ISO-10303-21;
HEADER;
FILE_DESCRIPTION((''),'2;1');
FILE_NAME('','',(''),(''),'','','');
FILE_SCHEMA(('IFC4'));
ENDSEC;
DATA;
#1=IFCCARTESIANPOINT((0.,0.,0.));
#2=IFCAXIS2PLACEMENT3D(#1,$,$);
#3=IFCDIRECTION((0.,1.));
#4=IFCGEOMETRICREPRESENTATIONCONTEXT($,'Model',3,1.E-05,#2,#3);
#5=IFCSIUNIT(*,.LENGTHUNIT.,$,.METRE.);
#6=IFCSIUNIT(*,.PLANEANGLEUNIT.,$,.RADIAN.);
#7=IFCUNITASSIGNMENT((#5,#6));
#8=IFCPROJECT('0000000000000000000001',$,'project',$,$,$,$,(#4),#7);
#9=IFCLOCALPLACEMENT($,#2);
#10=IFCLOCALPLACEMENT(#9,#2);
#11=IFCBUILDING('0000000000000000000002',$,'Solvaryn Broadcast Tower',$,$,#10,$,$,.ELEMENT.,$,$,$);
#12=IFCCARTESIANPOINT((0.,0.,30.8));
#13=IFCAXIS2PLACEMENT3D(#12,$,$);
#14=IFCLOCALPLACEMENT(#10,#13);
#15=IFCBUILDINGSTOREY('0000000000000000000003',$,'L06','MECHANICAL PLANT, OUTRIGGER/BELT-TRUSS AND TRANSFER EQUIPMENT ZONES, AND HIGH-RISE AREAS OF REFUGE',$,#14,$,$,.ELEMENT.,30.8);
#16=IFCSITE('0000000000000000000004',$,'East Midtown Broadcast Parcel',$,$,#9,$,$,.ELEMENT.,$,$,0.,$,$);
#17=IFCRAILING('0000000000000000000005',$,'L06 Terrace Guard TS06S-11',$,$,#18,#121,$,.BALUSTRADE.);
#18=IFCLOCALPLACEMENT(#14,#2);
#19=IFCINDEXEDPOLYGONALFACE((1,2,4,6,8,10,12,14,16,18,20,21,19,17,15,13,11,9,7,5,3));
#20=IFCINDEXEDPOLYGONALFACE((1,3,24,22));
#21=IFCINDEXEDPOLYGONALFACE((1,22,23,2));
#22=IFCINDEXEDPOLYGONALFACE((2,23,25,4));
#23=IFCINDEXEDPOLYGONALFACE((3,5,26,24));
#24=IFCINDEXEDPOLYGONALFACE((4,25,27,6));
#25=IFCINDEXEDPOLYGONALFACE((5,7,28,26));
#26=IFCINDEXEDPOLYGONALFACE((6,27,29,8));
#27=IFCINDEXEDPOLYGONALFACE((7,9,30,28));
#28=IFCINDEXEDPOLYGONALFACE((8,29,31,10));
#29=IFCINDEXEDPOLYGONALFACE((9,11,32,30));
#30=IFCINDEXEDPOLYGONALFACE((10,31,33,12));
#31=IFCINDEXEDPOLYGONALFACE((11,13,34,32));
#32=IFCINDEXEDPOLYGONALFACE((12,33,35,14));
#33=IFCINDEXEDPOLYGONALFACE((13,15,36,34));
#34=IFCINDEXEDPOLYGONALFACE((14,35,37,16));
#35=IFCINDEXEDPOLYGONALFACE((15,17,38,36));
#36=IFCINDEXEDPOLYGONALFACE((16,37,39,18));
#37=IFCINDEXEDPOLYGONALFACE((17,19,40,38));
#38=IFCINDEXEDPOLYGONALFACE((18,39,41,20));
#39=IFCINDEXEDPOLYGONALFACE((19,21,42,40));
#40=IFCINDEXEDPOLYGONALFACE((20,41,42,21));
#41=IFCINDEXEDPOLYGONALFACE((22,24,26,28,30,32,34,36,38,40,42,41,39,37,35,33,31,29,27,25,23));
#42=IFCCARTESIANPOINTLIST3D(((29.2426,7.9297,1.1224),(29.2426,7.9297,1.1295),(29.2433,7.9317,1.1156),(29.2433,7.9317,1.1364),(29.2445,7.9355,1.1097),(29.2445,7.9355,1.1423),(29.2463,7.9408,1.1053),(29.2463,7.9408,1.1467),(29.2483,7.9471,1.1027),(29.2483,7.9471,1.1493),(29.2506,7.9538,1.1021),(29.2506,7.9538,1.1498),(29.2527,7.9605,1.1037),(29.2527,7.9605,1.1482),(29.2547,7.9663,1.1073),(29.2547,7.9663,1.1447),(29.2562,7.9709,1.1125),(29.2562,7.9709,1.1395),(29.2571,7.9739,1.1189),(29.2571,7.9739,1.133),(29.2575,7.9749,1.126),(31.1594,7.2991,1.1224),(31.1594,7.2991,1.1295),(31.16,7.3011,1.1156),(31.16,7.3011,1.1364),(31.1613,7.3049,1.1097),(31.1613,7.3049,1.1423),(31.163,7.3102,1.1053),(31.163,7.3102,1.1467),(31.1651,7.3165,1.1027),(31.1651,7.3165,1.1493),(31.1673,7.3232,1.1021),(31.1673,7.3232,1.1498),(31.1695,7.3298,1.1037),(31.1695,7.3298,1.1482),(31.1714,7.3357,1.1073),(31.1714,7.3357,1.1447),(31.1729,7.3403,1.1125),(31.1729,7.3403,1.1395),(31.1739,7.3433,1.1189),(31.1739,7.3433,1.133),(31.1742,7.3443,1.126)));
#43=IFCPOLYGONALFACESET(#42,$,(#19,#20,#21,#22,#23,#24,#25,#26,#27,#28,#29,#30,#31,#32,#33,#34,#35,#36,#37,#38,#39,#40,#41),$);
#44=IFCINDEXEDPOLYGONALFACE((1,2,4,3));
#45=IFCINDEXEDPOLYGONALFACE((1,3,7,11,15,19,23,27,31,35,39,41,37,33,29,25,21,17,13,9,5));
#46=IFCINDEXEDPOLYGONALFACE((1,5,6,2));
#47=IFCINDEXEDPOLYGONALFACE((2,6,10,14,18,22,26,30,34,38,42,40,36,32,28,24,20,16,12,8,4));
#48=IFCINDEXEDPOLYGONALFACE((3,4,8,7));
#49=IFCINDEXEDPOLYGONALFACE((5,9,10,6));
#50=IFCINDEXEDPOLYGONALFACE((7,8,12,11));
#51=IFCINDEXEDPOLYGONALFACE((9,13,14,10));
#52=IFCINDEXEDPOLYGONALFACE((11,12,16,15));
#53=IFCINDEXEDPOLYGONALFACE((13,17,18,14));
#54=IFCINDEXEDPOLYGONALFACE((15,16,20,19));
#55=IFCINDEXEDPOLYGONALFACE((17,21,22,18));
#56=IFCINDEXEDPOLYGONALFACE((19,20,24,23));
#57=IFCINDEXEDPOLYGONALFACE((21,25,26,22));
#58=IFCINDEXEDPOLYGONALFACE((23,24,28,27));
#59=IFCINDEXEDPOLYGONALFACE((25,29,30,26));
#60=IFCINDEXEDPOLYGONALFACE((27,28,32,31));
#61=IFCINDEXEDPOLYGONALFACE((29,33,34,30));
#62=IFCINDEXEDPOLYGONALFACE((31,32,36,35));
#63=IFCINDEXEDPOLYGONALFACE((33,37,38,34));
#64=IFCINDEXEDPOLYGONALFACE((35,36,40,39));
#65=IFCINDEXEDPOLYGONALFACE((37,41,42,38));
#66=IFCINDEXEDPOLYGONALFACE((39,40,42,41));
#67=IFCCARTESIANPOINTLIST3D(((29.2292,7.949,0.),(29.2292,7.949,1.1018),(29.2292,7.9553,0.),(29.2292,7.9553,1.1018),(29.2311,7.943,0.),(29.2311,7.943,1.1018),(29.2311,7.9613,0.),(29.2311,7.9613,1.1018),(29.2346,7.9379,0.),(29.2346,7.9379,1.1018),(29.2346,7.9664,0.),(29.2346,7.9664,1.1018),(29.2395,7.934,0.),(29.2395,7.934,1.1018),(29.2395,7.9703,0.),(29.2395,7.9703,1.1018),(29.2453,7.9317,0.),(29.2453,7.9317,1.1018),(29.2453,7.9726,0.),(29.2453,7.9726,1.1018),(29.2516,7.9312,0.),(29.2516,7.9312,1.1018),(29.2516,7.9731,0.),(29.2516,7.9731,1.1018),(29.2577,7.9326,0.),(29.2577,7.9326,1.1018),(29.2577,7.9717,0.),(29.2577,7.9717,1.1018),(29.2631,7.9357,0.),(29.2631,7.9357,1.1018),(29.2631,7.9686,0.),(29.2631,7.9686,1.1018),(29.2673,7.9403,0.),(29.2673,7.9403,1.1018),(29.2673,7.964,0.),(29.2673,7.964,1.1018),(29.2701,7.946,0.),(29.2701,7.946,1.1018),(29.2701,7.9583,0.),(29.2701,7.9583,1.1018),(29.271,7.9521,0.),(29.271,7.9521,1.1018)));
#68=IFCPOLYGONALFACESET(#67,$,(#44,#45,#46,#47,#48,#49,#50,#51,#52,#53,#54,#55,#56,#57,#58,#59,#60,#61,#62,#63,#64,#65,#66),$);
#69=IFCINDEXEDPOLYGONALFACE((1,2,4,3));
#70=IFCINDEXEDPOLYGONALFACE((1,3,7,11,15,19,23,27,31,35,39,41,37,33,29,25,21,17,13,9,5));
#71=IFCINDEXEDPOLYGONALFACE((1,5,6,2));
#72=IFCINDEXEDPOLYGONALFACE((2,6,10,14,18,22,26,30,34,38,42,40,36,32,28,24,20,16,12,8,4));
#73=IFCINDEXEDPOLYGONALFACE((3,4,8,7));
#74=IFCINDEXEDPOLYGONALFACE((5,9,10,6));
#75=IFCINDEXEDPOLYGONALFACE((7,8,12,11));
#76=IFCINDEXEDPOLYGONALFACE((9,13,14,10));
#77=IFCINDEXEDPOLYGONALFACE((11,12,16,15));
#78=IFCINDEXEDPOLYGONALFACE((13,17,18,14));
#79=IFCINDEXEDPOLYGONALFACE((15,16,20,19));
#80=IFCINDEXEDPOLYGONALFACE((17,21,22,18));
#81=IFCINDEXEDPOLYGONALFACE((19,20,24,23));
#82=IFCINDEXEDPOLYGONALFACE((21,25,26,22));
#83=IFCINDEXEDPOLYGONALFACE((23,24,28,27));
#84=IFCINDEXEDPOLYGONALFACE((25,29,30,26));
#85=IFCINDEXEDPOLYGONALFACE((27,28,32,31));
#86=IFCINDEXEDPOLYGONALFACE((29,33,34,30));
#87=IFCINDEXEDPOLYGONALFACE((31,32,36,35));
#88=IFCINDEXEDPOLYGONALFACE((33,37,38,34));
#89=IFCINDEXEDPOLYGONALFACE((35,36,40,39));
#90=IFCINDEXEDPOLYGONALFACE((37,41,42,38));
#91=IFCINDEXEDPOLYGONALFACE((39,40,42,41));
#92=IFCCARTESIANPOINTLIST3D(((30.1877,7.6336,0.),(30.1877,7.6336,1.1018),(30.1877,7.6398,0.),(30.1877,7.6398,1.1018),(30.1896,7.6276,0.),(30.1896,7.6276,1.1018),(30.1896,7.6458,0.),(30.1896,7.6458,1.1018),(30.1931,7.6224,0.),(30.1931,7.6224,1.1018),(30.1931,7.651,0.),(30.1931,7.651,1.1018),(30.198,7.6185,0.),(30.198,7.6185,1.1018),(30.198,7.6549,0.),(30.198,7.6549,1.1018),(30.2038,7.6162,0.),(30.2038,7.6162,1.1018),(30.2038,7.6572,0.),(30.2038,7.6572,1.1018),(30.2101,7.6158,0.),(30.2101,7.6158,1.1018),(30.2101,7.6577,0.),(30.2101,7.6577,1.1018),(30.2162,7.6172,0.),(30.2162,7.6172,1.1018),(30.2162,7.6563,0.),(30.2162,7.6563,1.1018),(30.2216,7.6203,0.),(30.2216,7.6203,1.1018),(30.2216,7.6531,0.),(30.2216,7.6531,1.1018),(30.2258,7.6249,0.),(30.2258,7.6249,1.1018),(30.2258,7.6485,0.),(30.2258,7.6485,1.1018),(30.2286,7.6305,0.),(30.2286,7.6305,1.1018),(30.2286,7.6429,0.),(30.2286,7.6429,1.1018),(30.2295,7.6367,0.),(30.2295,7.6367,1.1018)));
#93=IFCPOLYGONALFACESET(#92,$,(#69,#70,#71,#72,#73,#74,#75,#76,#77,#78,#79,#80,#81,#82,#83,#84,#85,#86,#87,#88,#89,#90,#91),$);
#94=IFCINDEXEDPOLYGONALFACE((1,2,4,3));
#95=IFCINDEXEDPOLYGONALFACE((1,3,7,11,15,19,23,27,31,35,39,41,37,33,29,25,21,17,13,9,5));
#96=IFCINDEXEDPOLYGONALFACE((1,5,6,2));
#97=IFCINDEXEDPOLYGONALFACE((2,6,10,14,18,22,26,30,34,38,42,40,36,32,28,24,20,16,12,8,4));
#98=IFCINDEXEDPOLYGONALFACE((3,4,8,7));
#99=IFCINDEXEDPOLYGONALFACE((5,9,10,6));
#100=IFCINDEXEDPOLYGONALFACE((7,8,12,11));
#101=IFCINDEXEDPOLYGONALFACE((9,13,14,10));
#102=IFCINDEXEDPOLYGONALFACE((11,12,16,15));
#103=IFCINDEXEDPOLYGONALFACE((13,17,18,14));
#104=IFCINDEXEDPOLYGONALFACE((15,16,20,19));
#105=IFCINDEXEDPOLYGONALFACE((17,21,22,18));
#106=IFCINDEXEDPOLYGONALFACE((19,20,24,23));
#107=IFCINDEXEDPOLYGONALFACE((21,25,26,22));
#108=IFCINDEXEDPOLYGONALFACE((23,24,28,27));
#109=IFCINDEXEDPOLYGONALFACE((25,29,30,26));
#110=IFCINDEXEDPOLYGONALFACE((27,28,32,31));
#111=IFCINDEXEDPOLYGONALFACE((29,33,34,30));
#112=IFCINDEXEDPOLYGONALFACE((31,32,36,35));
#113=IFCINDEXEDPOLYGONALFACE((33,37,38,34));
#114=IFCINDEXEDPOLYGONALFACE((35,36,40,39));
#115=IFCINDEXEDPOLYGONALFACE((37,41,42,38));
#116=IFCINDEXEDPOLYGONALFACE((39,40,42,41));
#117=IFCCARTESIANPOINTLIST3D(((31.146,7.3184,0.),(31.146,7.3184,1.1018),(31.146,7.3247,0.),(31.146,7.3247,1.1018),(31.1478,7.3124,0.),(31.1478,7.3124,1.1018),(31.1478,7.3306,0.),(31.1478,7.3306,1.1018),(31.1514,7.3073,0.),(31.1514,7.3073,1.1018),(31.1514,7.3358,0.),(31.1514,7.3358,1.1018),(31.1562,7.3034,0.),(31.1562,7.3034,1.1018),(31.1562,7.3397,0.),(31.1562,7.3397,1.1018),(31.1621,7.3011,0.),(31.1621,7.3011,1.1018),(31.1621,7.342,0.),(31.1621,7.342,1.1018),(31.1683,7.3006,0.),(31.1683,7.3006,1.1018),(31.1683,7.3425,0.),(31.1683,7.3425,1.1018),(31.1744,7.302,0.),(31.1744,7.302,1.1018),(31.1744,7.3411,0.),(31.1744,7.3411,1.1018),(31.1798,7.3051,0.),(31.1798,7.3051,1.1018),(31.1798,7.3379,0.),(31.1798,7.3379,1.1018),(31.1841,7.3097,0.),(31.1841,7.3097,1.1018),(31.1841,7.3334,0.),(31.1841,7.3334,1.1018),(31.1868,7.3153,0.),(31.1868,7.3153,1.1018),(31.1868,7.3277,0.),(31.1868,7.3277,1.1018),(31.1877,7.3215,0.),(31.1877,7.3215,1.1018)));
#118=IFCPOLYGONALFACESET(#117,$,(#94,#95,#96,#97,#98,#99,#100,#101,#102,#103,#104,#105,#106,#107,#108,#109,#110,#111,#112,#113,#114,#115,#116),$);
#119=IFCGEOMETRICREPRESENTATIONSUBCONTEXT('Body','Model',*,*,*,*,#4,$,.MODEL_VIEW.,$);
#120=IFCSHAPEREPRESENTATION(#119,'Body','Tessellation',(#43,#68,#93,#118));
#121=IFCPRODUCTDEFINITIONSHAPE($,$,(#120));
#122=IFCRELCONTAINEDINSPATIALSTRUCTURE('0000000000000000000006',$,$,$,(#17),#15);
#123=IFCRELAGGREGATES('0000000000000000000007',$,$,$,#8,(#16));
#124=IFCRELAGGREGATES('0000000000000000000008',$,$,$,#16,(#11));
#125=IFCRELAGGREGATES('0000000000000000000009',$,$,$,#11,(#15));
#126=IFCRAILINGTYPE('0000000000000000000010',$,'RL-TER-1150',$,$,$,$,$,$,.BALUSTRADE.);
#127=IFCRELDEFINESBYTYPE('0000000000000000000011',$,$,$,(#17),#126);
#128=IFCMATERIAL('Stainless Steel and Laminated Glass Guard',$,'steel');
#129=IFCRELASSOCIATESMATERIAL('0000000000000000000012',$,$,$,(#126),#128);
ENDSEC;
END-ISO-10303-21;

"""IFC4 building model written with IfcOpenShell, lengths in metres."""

from ifc_helpers import new_model, si_unit, direction, frame, origin, origin_2d, place, context, subcontext, project, spatial, circle, extrude, material, type_object, element, save


model = new_model("IFC4")

# Units and contexts
model_context = context("Model", 3, precision=1e-05, world=origin(), true_north=direction((0.0, 1.0)))
body_context = subcontext(model_context, "Body", "Model", "MODEL_VIEW")
ifc_project = project(units=[si_unit("LENGTHUNIT", "METRE"), si_unit("PLANEANGLEUNIT", "RADIAN")], contexts=[model_context])

# Site, building, storey
site_placement = place(None, origin())
site = spatial("IfcSite", under=ifc_project, at=site_placement, Name="East Midtown Broadcast Parcel", CompositionType="ELEMENT", RefElevation=0.0)
building_placement = place(site_placement, origin())
building = spatial("IfcBuilding", under=site, at=building_placement, Name="Solvaryn Broadcast Tower", CompositionType="ELEMENT")
storey_placement = place(building_placement, frame((0.0, 0.0, 30.8)))
storey = spatial("IfcBuildingStorey", under=building, at=storey_placement, Name="L06", Description="MECHANICAL PLANT, OUTRIGGER/BELT-TRUSS AND TRANSFER EQUIPMENT ZONES, AND HIGH-RISE AREAS OF REFUGE", CompositionType="ELEMENT", Elevation=30.8)

# Railing
ifc_material_1 = material(Name="Stainless Steel and Laminated Glass Guard", Category="steel")
railing_type = type_object("IfcRailingType", Name="RL-TER-1150", PredefinedType="BALUSTRADE", material=ifc_material_1)
railing_1_placement = place(storey_placement, frame((29.25, 7.9521, 0.0)))
element("IfcRailing", 1, at=railing_1_placement, inside=storey, type_object=railing_type, Name="L06 Terrace Guard TS06S-11", PredefinedType="BALUSTRADE", context=body_context, shape_type="SweptSolid", body=[
    extrude(circle(Radius=0.0239, at=origin_2d()), frame((0.0, 0.0, 1.126), z_axis=(0.94991, -0.312523, 0.0), x_axis=(0.312523, 0.94991, 0.0)), (0.0, 0.0, 1.0), 2.0178),
    extrude(circle(Radius=0.021, at=origin_2d()), origin(), (0.0, 0.0, 1.0), 1.1018),
    extrude(circle(Radius=0.021, at=origin_2d()), frame((0.9585, -0.3154, 0.0)), (0.0, 0.0, 1.0), 1.1018),
    extrude(circle(Radius=0.021, at=origin_2d()), frame((1.9167, -0.6306, 0.0)), (0.0, 0.0, 1.0), 1.1018),
])

save(model, "model.ifc")
